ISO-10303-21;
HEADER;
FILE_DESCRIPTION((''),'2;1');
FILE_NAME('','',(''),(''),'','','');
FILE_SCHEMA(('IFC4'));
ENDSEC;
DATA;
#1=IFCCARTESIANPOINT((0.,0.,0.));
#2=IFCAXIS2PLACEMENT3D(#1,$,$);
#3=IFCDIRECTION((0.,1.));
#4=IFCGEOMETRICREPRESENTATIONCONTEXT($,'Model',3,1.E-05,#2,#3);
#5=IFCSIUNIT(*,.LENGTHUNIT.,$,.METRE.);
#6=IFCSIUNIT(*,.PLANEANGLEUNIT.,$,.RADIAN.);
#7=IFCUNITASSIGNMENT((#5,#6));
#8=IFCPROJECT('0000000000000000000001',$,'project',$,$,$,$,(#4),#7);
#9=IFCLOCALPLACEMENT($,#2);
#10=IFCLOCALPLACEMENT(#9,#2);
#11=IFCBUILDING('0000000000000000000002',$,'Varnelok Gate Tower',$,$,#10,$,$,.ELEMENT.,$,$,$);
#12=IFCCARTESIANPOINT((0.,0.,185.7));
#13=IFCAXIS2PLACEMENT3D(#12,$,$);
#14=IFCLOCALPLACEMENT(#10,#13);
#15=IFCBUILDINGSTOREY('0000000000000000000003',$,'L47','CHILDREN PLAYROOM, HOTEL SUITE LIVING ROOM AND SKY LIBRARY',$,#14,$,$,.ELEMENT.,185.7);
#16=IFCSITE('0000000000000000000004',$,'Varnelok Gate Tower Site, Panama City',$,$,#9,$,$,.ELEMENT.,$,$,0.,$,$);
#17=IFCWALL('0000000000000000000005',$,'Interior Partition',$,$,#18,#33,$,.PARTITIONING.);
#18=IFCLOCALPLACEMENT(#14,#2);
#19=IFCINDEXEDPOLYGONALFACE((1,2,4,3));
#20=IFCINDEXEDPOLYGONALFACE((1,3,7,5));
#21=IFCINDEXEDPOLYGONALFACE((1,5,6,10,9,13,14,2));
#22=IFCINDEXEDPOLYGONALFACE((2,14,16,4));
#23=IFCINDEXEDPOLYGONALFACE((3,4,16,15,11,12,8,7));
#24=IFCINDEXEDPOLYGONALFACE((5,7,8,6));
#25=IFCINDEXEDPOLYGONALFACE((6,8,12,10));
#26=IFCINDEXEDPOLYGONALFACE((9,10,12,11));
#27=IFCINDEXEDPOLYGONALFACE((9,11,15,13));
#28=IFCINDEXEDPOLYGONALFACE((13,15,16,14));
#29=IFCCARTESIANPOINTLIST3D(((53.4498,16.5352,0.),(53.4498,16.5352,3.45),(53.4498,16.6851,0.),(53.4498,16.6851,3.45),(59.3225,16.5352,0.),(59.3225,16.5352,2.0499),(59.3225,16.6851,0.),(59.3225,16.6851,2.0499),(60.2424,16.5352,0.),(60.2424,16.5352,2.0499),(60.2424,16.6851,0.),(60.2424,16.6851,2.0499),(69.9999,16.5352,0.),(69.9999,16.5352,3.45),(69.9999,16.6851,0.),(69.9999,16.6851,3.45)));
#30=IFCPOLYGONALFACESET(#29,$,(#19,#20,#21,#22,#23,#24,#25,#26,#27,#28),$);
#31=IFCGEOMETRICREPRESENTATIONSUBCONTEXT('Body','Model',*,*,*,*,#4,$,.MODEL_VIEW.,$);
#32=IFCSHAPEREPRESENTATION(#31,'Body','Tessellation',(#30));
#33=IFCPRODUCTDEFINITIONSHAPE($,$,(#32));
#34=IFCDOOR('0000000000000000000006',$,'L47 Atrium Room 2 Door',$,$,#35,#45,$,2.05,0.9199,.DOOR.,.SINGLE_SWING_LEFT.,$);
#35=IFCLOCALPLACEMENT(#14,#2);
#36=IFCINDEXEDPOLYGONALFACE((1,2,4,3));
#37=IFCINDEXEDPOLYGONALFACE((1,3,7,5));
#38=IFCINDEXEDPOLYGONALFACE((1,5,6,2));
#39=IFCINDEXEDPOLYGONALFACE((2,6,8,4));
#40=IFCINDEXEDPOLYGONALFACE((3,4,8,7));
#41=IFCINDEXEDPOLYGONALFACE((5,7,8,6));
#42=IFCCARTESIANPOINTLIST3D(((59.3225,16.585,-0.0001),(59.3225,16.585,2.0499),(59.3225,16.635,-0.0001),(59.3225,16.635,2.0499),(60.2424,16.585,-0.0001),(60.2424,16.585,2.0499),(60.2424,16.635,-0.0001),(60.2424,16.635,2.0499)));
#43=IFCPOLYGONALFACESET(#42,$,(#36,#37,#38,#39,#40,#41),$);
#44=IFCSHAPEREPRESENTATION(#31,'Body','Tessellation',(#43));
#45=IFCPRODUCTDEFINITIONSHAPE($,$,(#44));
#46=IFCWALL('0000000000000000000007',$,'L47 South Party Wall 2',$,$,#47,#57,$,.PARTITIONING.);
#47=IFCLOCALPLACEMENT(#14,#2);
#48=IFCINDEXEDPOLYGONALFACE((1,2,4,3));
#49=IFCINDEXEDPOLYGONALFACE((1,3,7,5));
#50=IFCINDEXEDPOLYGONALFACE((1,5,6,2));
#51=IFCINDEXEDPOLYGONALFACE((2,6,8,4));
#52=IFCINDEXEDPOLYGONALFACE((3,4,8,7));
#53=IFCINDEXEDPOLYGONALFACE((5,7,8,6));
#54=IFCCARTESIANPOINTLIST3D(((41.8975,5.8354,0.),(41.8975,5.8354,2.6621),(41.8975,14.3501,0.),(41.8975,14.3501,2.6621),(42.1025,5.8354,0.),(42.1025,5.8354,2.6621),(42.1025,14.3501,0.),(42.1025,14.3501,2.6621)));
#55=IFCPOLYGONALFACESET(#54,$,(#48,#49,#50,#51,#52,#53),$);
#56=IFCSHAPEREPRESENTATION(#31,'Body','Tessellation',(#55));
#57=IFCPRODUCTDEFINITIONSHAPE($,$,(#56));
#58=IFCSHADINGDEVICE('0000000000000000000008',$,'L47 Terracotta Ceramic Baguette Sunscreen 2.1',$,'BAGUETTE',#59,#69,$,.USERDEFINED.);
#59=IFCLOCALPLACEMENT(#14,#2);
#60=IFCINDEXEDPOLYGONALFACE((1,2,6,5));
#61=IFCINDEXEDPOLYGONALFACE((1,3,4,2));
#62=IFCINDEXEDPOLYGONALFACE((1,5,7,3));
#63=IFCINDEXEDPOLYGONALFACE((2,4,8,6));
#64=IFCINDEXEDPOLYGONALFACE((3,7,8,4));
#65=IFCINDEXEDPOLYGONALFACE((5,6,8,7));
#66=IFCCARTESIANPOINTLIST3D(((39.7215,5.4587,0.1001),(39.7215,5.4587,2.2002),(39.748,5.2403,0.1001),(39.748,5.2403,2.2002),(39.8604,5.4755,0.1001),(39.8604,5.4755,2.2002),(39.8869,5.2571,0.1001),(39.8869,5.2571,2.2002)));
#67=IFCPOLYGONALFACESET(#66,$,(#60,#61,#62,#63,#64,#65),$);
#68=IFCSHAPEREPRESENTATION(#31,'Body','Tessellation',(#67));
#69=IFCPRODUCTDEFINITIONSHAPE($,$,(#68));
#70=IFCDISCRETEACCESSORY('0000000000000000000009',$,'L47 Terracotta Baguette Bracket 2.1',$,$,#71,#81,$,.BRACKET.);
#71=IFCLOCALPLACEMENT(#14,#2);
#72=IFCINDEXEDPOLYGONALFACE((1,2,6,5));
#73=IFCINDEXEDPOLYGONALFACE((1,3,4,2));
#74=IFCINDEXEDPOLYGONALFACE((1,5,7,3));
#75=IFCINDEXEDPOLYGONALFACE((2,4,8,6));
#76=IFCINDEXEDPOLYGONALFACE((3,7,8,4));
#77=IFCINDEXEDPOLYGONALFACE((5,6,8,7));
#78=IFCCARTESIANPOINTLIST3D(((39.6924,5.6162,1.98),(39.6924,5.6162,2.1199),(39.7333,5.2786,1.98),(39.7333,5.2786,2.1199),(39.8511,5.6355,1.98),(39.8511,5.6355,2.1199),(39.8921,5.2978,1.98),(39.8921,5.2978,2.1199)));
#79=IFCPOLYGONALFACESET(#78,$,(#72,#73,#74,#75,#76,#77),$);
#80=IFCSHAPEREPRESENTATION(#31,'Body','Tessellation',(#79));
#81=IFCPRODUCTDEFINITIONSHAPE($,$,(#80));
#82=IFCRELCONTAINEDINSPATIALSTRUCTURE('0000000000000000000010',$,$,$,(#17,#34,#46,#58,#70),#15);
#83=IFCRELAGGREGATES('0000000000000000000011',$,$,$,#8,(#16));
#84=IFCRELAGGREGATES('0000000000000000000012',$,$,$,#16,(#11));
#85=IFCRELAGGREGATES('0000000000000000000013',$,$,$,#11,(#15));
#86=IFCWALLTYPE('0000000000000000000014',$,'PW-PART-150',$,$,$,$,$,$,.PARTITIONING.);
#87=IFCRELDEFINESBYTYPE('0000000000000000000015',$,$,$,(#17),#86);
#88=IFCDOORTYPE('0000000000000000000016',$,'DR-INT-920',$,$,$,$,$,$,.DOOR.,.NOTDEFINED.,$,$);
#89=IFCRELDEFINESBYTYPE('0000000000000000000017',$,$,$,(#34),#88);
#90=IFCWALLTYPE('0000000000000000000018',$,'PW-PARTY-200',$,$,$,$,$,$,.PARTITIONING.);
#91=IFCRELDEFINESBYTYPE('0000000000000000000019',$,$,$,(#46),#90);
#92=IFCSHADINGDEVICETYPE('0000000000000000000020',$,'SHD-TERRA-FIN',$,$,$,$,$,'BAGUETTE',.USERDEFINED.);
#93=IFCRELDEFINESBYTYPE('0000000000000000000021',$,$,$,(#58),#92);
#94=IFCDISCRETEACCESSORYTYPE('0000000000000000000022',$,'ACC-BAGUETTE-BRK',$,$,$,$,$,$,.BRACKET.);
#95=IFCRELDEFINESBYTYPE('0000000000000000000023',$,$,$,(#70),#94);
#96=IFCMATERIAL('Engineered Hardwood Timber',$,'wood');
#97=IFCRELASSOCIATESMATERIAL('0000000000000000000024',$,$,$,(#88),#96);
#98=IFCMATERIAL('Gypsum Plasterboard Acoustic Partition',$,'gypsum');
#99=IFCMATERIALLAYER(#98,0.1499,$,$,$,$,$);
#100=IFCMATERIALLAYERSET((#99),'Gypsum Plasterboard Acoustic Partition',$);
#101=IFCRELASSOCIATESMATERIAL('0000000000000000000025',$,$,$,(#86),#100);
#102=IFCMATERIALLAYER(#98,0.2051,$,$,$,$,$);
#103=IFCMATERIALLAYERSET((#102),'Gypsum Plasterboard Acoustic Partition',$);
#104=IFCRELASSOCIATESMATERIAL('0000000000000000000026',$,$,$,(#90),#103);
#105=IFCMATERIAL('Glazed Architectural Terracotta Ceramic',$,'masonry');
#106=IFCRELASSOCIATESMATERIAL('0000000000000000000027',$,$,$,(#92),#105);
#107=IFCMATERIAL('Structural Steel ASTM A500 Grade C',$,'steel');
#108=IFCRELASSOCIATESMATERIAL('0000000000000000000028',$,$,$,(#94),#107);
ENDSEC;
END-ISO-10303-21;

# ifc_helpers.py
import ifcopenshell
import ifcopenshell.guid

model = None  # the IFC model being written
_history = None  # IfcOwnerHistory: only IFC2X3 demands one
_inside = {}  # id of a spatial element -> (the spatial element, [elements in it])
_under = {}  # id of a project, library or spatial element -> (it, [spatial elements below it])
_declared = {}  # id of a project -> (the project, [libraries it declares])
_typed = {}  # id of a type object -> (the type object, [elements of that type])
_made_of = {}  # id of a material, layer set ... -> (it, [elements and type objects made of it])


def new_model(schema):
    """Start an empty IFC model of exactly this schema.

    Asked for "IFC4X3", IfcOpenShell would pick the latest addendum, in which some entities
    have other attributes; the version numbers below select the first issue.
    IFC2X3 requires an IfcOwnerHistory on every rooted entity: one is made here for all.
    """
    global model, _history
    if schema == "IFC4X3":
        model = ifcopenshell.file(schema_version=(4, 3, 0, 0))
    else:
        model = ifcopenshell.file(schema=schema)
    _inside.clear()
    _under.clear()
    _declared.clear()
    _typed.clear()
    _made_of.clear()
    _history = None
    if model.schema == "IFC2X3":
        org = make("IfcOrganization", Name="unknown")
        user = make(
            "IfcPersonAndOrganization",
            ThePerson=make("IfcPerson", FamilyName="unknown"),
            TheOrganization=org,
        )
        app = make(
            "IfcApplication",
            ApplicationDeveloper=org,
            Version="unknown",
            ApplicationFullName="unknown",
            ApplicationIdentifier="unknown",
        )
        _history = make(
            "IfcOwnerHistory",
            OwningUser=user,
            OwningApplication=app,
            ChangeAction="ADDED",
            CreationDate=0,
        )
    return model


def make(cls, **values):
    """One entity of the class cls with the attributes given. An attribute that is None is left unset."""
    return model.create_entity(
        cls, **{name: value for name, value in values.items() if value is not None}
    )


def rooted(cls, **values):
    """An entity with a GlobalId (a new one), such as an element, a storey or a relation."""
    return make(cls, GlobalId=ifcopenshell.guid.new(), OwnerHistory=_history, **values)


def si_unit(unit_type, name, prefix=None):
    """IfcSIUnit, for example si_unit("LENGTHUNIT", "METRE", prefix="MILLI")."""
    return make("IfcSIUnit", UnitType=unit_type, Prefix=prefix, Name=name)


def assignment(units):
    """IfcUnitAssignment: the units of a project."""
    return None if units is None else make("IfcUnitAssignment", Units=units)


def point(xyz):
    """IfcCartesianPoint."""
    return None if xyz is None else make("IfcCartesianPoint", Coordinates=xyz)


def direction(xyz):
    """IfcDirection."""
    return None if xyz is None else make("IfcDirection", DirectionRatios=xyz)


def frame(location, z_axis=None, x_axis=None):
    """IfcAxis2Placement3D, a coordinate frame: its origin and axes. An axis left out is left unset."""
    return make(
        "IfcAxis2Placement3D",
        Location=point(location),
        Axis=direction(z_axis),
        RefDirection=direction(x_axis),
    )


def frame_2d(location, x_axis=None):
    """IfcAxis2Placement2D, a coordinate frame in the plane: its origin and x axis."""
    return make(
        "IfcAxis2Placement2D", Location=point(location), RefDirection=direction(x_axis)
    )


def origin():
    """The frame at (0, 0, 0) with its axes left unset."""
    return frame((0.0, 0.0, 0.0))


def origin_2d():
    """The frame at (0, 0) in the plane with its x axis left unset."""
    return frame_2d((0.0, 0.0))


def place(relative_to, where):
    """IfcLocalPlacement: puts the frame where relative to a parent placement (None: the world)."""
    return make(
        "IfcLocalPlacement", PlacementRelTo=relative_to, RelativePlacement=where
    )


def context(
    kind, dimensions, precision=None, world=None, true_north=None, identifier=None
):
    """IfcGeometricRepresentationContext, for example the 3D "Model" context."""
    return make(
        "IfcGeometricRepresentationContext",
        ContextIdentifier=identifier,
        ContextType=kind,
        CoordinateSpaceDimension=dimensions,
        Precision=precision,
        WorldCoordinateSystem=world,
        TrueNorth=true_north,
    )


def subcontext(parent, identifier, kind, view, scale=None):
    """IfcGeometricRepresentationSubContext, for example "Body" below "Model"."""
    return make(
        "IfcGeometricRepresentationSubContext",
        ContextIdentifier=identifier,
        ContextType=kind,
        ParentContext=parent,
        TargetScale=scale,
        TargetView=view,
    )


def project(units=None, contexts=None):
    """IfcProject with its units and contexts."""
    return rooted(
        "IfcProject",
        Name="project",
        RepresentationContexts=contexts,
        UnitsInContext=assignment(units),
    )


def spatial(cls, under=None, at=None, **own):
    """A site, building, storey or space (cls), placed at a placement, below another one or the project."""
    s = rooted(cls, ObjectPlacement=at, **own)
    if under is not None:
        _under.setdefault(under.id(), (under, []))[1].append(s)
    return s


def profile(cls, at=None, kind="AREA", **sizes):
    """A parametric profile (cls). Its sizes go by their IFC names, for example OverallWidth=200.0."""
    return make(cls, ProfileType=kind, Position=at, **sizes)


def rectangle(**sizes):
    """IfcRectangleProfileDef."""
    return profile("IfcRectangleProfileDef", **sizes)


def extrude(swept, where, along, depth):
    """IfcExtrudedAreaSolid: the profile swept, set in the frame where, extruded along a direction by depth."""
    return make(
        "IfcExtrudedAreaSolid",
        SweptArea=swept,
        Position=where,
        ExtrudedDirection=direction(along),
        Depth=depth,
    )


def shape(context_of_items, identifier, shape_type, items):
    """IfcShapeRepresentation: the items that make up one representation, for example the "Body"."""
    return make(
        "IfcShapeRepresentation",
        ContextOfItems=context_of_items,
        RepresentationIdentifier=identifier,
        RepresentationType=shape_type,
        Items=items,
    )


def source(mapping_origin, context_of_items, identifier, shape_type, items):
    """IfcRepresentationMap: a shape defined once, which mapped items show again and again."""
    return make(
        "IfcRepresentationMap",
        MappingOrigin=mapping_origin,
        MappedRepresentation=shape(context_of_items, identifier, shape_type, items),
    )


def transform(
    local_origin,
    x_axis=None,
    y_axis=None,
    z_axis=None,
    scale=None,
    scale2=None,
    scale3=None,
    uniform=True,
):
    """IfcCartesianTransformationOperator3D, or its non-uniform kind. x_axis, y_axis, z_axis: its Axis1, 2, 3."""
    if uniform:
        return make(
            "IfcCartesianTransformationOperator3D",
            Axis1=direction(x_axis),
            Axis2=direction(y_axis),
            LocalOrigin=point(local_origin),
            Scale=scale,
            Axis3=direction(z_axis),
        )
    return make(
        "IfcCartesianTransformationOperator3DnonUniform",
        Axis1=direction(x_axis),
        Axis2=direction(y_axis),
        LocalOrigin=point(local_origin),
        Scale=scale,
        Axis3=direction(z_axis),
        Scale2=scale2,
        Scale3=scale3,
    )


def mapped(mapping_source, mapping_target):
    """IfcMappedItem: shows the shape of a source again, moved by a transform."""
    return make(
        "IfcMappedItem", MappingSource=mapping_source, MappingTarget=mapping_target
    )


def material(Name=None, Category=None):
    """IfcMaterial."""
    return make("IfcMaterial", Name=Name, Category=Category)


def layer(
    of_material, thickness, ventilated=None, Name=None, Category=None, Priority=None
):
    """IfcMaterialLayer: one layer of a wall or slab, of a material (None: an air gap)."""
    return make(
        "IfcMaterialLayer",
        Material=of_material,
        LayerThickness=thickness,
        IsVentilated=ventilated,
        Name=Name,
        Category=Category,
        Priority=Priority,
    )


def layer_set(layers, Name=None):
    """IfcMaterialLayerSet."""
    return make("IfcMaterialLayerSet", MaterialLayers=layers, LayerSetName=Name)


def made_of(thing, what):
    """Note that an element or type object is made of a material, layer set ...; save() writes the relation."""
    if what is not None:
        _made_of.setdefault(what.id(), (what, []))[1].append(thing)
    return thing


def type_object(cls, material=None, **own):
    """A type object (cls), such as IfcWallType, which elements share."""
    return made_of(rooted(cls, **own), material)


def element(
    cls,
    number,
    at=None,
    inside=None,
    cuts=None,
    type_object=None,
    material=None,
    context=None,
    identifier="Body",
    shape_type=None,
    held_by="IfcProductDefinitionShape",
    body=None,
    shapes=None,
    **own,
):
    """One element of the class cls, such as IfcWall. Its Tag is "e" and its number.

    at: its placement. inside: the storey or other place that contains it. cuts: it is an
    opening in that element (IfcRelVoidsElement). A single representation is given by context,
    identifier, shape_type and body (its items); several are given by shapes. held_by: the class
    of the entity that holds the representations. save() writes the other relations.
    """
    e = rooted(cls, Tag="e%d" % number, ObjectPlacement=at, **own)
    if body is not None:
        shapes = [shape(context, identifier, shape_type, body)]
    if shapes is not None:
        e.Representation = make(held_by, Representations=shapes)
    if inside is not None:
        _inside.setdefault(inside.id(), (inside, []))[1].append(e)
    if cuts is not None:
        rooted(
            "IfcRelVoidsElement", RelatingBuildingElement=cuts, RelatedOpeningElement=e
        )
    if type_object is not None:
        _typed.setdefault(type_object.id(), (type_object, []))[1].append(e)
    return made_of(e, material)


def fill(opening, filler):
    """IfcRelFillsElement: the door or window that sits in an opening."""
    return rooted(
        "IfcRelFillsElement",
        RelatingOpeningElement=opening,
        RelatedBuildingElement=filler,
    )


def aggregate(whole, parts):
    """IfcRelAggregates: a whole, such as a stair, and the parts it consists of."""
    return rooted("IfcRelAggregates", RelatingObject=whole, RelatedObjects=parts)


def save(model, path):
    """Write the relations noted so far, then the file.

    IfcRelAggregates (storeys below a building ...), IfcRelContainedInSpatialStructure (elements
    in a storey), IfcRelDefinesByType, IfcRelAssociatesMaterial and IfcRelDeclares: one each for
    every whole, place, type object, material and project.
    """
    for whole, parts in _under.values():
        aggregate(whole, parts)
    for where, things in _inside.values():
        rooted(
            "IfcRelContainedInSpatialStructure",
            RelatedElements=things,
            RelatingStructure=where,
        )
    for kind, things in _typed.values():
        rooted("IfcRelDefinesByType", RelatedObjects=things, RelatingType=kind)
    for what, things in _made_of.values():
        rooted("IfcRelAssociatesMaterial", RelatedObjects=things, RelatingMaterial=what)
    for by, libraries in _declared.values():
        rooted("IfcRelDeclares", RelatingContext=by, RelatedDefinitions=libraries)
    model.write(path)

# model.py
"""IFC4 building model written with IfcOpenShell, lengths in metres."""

from ifc_helpers import new_model, si_unit, direction, frame, frame_2d, origin, origin_2d, place, context, subcontext, project, spatial, rectangle, extrude, source, transform, mapped, material, layer, layer_set, type_object, element, fill, save


model = new_model("IFC4")

# Units and contexts
model_context = context("Model", 3, precision=1e-05, world=origin(), true_north=direction((0.0, 1.0)))
body_context = subcontext(model_context, "Body", "Model", "MODEL_VIEW")
ifc_project = project(units=[si_unit("LENGTHUNIT", "METRE"), si_unit("PLANEANGLEUNIT", "RADIAN")], contexts=[model_context])

# Site, building, storey
site_placement = place(None, origin())
site = spatial("IfcSite", under=ifc_project, at=site_placement, Name="Varnelok Gate Tower Site, Panama City", CompositionType="ELEMENT", RefElevation=0.0)
building_placement = place(site_placement, origin())
building = spatial("IfcBuilding", under=site, at=building_placement, Name="Varnelok Gate Tower", CompositionType="ELEMENT")
storey_placement = place(building_placement, frame((0.0, 0.0, 185.7)))
storey = spatial("IfcBuildingStorey", under=building, at=storey_placement, Name="L47", Description="CHILDREN PLAYROOM, HOTEL SUITE LIVING ROOM AND SKY LIBRARY", CompositionType="ELEMENT", Elevation=185.7)

# Shared definitions
ifc_material_1 = material(Name="Gypsum Plasterboard Acoustic Partition", Category="gypsum")
ifc_material_2 = material(Name="Engineered Hardwood Timber", Category="wood")

# Shared definitions
door_type_1 = type_object("IfcDoorType", Name="DR-INT-920", OperationType="NOTDEFINED", PredefinedType="DOOR", material=ifc_material_2)

# Wall, opening, door
ifc_layer_1 = layer(ifc_material_1, 0.1499)
ifc_layer_set_1 = layer_set([ifc_layer_1], Name="Gypsum Plasterboard Acoustic Partition")
wall_type_1 = type_object("IfcWallType", Name="PW-PART-150", PredefinedType="PARTITIONING", material=ifc_layer_set_1)
wall_1_placement = place(storey_placement, frame((53.45, 16.6101, 0.0), z_axis=(0.0, 0.0, 1.0), x_axis=(1.0, 0.0, 0.0)))
wall_1 = element("IfcWall", 1, at=wall_1_placement, inside=storey, type_object=wall_type_1, Name="Interior Partition", PredefinedType="PARTITIONING", context=body_context, shape_type="SweptSolid", body=[
    extrude(rectangle(XDim=16.55, YDim=0.1499, at=frame_2d((8.2749, 0.0))), origin(), (0.0, 0.0, 1.0), 3.45),
])
opening_1_placement = place(wall_1_placement, frame((5.8726, 0.0, 0.0)))
opening_1 = element("IfcOpeningElement", 2, at=opening_1_placement, cuts=wall_1, PredefinedType="OPENING", context=body_context, shape_type="SweptSolid", body=[
    extrude(rectangle(XDim=0.9199, YDim=2.05, at=frame_2d((0.46, 1.0249))), frame((0.0, 0.085, 0.0), z_axis=(0.0, -1.0, 0.0), x_axis=(1.0, 0.0, 0.0)), (0.0, 0.0, 1.0), 0.1699),
])
door_1_placement = place(opening_1_placement, origin())
door_1 = element("IfcDoor", 3, at=door_1_placement, inside=storey, type_object=door_type_1, Name="L47 Atrium Room 2 Door", OperationType="SINGLE_SWING_LEFT", OverallHeight=2.05, OverallWidth=0.9199, PredefinedType="DOOR", context=body_context, shape_type="SweptSolid", body=[
    extrude(rectangle(XDim=0.9199, YDim=2.05, at=frame_2d((0.46, 1.0249))), frame((0.0, 0.0249, 0.0), z_axis=(0.0, -1.0, 0.0), x_axis=(1.0, 0.0, 0.0)), (0.0, 0.0, 1.0), 0.05),
])
fill(opening_1, door_1)

# Wall
ifc_layer_2 = layer(ifc_material_1, 0.2051)
ifc_layer_set_2 = layer_set([ifc_layer_2], Name="Gypsum Plasterboard Acoustic Partition")
wall_type_2 = type_object("IfcWallType", Name="PW-PARTY-200", PredefinedType="PARTITIONING", material=ifc_layer_set_2)
wall_2_placement = place(storey_placement, frame((42.0, 5.8354, 0.0), z_axis=(0.0, 0.0, 1.0), x_axis=(0.0, 1.0, 0.0)))
element("IfcWall", 4, at=wall_2_placement, inside=storey, type_object=wall_type_2, Name="L47 South Party Wall 2", PredefinedType="PARTITIONING", context=body_context, shape_type="SweptSolid", body=[
    extrude(rectangle(XDim=8.5146, YDim=0.2051, at=frame_2d((4.2573, 0.0))), origin(), (0.0, 0.0, 1.0), 2.6621),
])

# Shading device
ifc_material_3 = material(Name="Glazed Architectural Terracotta Ceramic", Category="masonry")
shading_device_type = type_object("IfcShadingDeviceType", Name="SHD-TERRA-FIN", ElementType="BAGUETTE", PredefinedType="USERDEFINED", material=ifc_material_3)
shared_shape_1 = source(origin(), body_context, "Body", "SweptSolid", [
    extrude(rectangle(XDim=0.1399, YDim=0.22, at=origin_2d()), origin(), (0.0, 0.0, 1.0), 2.1001),
])
shading_device_placement = place(storey_placement, frame((39.8042, 5.3579, 0.1001), z_axis=(0.0, 0.0, 1.0), x_axis=(0.992732, 0.120345, 0.0)))
element("IfcShadingDevice", 5, at=shading_device_placement, inside=storey, type_object=shading_device_type, Name="L47 Terracotta Ceramic Baguette Sunscreen 2.1", ObjectType="BAGUETTE", PredefinedType="USERDEFINED", context=body_context, shape_type="MappedRepresentation", body=[
    mapped(shared_shape_1, transform((0.0, 0.0, 0.0), scale=1.0)),
])

# Discrete accessory
ifc_material_4 = material(Name="Structural Steel ASTM A500 Grade C", Category="steel")
discrete_accessory_type = type_object("IfcDiscreteAccessoryType", Name="ACC-BAGUETTE-BRK", PredefinedType="BRACKET", material=ifc_material_4)
shared_shape_2 = source(origin(), body_context, "Body", "SweptSolid", [
    extrude(rectangle(XDim=0.1599, YDim=0.3401, at=origin_2d()), origin(), (0.0, 0.0, 1.0), 0.1399),
])
discrete_accessory_placement = place(storey_placement, frame((39.7922, 5.457, 1.98), z_axis=(0.0, 0.0, 1.0), x_axis=(0.992732, 0.120345, 0.0)))
element("IfcDiscreteAccessory", 6, at=discrete_accessory_placement, inside=storey, type_object=discrete_accessory_type, Name="L47 Terracotta Baguette Bracket 2.1", PredefinedType="BRACKET", context=body_context, shape_type="MappedRepresentation", body=[
    mapped(shared_shape_2, transform((0.0, 0.0, 0.0), scale=1.0)),
])

save(model, "model.ifc")
